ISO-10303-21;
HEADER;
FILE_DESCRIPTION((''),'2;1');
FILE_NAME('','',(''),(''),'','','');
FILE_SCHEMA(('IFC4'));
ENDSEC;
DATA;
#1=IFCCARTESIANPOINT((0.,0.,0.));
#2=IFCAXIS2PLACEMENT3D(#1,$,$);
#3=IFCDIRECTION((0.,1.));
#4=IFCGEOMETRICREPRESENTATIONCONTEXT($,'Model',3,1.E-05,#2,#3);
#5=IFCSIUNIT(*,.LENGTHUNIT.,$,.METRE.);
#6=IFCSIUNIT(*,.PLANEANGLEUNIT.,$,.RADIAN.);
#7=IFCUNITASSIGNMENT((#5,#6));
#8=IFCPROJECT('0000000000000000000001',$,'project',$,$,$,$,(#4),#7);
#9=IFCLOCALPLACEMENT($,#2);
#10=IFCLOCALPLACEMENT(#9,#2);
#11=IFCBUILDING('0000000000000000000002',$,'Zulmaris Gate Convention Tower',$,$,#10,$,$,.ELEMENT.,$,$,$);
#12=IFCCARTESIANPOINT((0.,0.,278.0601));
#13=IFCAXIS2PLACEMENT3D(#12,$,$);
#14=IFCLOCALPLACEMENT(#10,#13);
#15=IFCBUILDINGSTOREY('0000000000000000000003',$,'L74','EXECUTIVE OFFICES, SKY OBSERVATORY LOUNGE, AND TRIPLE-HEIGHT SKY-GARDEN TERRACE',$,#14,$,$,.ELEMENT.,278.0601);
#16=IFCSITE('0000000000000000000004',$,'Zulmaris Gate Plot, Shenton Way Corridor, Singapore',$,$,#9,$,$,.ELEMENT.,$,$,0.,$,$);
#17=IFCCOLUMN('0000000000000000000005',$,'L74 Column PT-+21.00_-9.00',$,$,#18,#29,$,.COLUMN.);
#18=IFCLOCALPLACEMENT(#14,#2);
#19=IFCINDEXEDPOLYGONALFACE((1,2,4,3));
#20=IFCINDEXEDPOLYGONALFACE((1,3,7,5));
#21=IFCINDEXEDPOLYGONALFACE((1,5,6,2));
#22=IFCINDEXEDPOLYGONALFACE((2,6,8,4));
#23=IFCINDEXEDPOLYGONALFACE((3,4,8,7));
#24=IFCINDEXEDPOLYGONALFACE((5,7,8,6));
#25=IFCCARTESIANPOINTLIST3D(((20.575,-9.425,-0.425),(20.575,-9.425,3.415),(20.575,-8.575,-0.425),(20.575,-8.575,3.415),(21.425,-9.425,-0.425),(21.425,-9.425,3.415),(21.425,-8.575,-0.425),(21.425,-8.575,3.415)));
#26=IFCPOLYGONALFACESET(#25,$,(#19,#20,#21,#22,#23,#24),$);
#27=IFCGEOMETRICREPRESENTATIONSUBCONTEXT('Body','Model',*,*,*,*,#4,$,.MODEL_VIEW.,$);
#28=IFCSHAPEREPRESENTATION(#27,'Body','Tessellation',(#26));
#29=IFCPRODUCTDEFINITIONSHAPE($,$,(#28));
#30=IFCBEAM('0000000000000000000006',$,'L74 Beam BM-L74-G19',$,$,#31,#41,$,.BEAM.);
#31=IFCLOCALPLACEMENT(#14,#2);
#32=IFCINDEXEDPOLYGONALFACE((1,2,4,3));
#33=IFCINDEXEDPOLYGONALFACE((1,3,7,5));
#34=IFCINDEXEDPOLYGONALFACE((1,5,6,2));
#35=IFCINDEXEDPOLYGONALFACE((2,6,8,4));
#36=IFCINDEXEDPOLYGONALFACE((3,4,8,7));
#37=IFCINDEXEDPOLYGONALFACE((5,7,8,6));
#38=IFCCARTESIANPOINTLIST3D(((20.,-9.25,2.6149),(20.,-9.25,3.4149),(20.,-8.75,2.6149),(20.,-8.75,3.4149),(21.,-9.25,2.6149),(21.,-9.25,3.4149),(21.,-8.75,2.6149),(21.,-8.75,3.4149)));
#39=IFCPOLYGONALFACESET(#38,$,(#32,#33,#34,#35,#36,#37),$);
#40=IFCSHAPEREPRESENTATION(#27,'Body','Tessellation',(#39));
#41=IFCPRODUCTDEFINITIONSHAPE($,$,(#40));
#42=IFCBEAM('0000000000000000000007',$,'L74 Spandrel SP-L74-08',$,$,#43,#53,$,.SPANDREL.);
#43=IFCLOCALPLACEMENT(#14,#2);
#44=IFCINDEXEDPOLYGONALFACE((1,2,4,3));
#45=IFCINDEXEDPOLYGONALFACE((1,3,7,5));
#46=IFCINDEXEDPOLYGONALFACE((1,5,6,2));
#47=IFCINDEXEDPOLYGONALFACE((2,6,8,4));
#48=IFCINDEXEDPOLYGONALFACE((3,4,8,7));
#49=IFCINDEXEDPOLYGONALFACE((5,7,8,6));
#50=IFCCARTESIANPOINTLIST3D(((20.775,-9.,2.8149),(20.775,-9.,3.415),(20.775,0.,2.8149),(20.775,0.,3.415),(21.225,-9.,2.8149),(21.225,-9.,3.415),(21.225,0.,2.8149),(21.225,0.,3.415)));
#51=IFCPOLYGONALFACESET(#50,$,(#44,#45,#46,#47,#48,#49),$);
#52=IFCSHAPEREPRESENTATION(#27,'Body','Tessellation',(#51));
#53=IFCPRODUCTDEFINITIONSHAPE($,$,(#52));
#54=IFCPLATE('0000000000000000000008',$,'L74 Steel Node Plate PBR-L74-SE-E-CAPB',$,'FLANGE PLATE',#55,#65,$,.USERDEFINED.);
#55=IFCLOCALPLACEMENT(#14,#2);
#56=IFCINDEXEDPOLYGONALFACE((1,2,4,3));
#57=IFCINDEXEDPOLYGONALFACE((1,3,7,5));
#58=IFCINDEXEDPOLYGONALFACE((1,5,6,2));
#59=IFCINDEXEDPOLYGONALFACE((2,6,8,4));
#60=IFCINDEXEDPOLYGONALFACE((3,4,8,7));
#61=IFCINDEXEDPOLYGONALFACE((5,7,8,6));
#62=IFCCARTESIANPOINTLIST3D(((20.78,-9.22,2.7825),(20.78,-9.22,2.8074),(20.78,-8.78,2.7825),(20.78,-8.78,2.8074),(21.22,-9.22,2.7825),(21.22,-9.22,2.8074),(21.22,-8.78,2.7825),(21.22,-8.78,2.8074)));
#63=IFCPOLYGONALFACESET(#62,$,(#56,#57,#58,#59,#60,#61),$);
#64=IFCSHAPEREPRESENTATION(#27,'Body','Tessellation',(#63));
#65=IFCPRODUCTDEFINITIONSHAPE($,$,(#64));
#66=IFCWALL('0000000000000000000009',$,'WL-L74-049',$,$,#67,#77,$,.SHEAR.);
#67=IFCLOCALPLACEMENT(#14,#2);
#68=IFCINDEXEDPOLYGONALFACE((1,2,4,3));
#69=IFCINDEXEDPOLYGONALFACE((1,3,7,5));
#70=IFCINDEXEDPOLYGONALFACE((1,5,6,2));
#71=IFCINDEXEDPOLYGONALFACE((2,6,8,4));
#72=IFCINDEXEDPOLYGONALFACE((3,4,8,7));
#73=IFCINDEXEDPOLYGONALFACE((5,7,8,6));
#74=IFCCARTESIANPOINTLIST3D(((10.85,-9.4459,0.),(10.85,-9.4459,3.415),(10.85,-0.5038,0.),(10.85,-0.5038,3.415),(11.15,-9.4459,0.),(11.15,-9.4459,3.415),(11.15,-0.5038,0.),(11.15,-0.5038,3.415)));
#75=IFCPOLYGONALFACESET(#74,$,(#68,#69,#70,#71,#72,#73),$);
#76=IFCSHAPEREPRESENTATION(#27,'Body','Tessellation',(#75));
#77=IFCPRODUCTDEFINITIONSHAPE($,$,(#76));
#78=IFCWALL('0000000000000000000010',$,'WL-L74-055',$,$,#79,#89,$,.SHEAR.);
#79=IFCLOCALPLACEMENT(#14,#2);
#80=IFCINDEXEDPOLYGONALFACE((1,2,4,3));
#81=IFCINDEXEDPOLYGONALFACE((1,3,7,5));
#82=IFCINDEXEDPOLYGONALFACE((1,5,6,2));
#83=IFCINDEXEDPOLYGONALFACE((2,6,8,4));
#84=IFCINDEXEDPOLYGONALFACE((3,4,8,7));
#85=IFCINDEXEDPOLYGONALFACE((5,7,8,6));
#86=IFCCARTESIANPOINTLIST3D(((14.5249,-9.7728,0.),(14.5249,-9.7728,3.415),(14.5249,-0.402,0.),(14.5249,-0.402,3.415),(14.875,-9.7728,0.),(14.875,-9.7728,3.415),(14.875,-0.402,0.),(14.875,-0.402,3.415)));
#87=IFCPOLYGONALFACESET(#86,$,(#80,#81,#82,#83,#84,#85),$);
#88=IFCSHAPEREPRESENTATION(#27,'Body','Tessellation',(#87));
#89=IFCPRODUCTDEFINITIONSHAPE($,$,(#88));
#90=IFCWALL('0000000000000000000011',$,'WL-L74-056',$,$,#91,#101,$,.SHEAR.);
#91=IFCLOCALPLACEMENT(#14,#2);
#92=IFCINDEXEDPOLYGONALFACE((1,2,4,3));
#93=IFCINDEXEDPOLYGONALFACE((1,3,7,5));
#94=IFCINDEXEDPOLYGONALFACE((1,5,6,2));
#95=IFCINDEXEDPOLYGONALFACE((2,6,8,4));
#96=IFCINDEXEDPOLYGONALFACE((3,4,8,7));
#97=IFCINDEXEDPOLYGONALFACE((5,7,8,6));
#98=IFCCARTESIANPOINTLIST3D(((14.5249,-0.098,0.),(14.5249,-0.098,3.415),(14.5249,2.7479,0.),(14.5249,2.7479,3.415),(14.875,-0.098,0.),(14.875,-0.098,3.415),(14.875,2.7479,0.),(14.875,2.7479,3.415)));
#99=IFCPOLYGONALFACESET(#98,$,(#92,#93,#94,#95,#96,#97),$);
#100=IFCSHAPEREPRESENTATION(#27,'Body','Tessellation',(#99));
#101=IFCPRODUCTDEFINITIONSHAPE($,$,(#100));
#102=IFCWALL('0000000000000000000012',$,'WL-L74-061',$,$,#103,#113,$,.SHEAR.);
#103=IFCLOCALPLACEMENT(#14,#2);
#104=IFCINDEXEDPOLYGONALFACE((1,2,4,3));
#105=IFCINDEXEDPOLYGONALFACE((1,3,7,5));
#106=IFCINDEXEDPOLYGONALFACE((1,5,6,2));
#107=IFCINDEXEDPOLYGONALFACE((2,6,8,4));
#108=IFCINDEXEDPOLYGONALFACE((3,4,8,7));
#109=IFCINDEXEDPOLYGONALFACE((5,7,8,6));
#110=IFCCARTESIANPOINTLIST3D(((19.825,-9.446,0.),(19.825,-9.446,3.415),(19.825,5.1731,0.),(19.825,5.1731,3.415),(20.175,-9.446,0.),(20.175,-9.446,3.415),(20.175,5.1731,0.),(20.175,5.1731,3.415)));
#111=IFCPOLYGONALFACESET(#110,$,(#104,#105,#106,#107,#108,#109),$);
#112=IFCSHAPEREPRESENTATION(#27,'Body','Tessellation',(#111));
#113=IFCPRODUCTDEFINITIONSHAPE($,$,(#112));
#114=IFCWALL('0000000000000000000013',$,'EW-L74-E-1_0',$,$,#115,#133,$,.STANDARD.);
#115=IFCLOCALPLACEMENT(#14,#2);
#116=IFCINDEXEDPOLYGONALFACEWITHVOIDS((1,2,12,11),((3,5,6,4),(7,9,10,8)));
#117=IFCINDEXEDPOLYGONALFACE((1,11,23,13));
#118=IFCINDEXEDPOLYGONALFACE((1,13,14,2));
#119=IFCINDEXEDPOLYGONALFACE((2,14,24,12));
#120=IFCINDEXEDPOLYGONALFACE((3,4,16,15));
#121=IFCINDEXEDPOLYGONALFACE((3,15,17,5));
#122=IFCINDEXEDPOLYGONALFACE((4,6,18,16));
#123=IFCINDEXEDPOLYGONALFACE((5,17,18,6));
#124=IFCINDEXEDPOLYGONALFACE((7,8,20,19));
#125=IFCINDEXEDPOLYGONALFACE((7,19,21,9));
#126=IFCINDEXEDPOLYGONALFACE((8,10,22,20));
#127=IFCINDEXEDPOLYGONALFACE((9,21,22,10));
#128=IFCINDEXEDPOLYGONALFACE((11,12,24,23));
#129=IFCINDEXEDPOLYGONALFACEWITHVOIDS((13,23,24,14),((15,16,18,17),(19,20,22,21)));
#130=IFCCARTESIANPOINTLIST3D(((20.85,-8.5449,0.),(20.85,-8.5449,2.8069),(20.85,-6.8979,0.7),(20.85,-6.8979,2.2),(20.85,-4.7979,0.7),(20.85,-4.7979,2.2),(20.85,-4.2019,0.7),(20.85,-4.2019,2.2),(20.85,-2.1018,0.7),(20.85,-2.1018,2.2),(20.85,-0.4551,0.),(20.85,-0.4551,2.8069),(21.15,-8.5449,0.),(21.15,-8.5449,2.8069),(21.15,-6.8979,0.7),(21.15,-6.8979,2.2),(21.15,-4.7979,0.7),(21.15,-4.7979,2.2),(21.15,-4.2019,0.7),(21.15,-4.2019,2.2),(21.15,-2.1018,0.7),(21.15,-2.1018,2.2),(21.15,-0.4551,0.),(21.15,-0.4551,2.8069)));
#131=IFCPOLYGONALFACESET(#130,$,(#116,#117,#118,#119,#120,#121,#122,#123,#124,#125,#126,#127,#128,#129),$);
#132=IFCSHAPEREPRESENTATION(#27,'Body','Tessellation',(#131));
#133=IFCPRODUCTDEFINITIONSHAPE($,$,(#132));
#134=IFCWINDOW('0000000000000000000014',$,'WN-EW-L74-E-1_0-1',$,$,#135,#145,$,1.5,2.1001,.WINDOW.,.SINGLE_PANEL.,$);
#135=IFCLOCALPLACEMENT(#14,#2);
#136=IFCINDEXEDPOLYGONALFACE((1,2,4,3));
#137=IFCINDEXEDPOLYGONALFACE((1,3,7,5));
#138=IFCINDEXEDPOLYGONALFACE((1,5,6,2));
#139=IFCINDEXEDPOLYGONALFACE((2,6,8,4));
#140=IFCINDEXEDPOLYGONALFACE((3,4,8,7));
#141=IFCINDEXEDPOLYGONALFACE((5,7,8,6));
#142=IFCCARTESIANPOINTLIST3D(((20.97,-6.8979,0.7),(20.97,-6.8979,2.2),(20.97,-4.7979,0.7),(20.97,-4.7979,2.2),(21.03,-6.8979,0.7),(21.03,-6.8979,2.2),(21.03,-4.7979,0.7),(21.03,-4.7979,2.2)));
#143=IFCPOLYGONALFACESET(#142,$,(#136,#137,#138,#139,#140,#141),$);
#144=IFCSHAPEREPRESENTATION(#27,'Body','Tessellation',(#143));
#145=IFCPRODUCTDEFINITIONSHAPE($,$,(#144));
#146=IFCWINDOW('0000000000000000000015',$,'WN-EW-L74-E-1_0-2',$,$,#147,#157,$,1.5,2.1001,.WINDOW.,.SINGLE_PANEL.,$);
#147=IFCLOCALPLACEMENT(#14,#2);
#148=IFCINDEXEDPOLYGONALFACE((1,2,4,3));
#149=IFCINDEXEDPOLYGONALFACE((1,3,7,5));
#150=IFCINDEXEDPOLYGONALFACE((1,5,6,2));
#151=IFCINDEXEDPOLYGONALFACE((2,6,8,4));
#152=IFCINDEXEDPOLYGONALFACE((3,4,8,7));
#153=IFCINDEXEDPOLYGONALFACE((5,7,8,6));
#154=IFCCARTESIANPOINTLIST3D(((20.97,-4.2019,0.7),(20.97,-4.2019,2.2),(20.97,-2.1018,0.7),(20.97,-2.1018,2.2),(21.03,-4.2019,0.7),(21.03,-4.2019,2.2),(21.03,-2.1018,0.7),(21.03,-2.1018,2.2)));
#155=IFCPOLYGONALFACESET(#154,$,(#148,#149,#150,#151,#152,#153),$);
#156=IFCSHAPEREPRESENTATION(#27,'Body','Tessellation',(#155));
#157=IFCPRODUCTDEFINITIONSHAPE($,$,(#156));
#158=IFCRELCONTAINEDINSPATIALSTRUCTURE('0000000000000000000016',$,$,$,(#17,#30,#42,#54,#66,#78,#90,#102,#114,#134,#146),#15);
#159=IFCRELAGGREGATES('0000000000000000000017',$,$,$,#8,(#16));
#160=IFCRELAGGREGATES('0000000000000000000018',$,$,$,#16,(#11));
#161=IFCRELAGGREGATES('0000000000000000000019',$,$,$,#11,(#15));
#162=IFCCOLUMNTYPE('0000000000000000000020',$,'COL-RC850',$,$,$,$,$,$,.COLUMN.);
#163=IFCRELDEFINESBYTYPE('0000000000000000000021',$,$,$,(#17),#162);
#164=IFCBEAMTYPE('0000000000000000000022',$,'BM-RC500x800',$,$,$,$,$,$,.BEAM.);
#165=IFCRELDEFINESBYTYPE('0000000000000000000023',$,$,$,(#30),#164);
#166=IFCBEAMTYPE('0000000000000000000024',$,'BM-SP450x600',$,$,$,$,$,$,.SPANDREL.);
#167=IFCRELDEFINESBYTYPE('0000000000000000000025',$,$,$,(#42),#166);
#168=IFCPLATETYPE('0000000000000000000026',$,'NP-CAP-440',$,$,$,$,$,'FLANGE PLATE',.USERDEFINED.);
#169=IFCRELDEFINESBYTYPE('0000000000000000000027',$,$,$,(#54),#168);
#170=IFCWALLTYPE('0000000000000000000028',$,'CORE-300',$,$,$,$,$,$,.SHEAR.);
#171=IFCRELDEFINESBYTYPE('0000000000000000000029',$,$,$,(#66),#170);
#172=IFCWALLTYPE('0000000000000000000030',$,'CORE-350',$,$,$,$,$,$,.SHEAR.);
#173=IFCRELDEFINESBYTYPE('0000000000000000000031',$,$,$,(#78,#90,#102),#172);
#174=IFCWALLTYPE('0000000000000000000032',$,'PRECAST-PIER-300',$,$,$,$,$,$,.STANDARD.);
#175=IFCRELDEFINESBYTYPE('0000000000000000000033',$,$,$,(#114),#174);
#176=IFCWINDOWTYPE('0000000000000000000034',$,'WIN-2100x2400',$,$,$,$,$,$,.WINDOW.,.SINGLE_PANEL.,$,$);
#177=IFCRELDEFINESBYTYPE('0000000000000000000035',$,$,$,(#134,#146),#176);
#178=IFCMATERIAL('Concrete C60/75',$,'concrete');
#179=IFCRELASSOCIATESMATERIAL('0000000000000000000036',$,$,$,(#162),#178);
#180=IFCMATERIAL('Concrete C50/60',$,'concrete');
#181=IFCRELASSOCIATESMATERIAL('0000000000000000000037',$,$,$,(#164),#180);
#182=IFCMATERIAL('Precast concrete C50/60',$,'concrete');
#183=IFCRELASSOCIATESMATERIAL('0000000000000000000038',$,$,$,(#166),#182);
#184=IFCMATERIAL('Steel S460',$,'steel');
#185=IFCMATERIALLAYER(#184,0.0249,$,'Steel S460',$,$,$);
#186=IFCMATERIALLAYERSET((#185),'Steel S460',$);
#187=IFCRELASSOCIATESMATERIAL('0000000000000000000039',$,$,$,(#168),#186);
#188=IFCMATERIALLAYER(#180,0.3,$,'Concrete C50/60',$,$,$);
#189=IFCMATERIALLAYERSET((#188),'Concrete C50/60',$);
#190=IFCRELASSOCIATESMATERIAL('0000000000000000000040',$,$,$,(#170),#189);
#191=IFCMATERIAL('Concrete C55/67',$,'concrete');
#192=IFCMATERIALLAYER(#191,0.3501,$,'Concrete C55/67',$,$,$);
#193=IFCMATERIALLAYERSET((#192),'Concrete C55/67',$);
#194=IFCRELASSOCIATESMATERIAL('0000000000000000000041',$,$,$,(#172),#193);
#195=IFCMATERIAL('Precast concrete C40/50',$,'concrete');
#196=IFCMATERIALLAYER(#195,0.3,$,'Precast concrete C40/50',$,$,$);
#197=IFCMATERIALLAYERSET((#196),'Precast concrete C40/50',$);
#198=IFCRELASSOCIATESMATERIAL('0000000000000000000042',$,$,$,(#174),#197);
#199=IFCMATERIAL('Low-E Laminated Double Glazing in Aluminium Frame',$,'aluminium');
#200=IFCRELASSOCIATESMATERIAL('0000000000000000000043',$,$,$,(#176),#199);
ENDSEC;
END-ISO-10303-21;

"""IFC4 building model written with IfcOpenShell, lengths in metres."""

from ifc_helpers import new_model, si_unit, direction, frame, frame_2d, origin, origin_2d, place, context, subcontext, project, spatial, rectangle, extrude, material, layer, layer_set, material_profile, profile_set, type_object, element, fill, save


model = new_model("IFC4")

# Units and contexts
model_context = context("Model", 3, precision=1e-05, world=origin(), true_north=direction((0.0, 1.0)))
body_context = subcontext(model_context, "Body", "Model", "MODEL_VIEW")
ifc_project = project(units=[si_unit("LENGTHUNIT", "METRE"), si_unit("PLANEANGLEUNIT", "RADIAN")], contexts=[model_context])

# Site, building, storey
site_placement = place(None, origin())
site = spatial("IfcSite", under=ifc_project, at=site_placement, Name="Zulmaris Gate Plot, Shenton Way Corridor, Singapore", CompositionType="ELEMENT", RefElevation=0.0)
building_placement = place(site_placement, origin())
building = spatial("IfcBuilding", under=site, at=building_placement, Name="Zulmaris Gate Convention Tower", CompositionType="ELEMENT")
storey_placement = place(building_placement, frame((0.0, 0.0, 278.0601)))
storey = spatial("IfcBuildingStorey", under=building, at=storey_placement, Name="L74", Description="EXECUTIVE OFFICES, SKY OBSERVATORY LOUNGE, AND TRIPLE-HEIGHT SKY-GARDEN TERRACE", CompositionType="ELEMENT", Elevation=278.0601)

# Column
ifc_material_1 = material(Name="Concrete C60/75", Category="concrete")
ifc_material_profile_1 = material_profile(ifc_material_1, rectangle(XDim=0.8501, YDim=0.8501, at=origin_2d()), Name="RC COL 850x850")
ifc_profile_set_1 = profile_set([ifc_material_profile_1], Name="Concrete C60/75")
column_type = type_object("IfcColumnType", Name="COL-RC850", PredefinedType="COLUMN", material=ifc_profile_set_1)
column_placement = place(storey_placement, frame((21.0, -9.0, -0.425), z_axis=(0.0, 0.0, 1.0), x_axis=(1.0, 0.0, 0.0)))
element("IfcColumn", 1, at=column_placement, inside=storey, type_object=column_type, Name="L74 Column PT-+21.00_-9.00", PredefinedType="COLUMN", context=body_context, shape_type="SweptSolid", body=[
    extrude(rectangle(XDim=0.8501, YDim=0.8501, at=origin_2d()), origin(), (0.0, 0.0, 1.0), 3.8401),
])

# Beams
ifc_material_2 = material(Name="Concrete C50/60", Category="concrete")
ifc_material_profile_2 = material_profile(ifc_material_2, rectangle(XDim=0.5, YDim=0.8, at=origin_2d()), Name="RC BEAM 500x800")
ifc_profile_set_2 = profile_set([ifc_material_profile_2], Name="Concrete C50/60")
beam_type_1 = type_object("IfcBeamType", Name="BM-RC500x800", PredefinedType="BEAM", material=ifc_profile_set_2)
beam_1_placement = place(storey_placement, frame((20.0, -9.0, 3.0149), z_axis=(1.0, 0.0, 0.0), x_axis=(0.0, 1.0, 0.0)))
element("IfcBeam", 2, at=beam_1_placement, inside=storey, type_object=beam_type_1, Name="L74 Beam BM-L74-G19", PredefinedType="BEAM", context=body_context, shape_type="SweptSolid", body=[
    extrude(rectangle(XDim=0.5, YDim=0.8, at=origin_2d()), origin(), (0.0, 0.0, 1.0), 1.0),
])
ifc_material_3 = material(Name="Precast concrete C50/60", Category="concrete")
ifc_material_profile_3 = material_profile(ifc_material_3, rectangle(XDim=0.45, YDim=0.6001, at=origin_2d()), Name="RC SPANDREL 450x600")
ifc_profile_set_3 = profile_set([ifc_material_profile_3], Name="Precast concrete C50/60")
beam_type_2 = type_object("IfcBeamType", Name="BM-SP450x600", PredefinedType="SPANDREL", material=ifc_profile_set_3)
beam_2_placement = place(storey_placement, frame((21.0, -9.0, 3.115), z_axis=(0.0, 1.0, 0.0), x_axis=(-1.0, 0.0, 0.0)))
element("IfcBeam", 3, at=beam_2_placement, inside=storey, type_object=beam_type_2, Name="L74 Spandrel SP-L74-08", PredefinedType="SPANDREL", context=body_context, shape_type="SweptSolid", body=[
    extrude(rectangle(XDim=0.45, YDim=0.6001, at=origin_2d()), origin(), (0.0, 0.0, 1.0), 9.0),
])

# Plate
ifc_material_4 = material(Name="Steel S460", Category="steel")
ifc_layer_1 = layer(ifc_material_4, 0.0249, Name="Steel S460")
ifc_layer_set_1 = layer_set([ifc_layer_1], Name="Steel S460")
plate_type = type_object("IfcPlateType", Name="NP-CAP-440", ElementType="FLANGE PLATE", PredefinedType="USERDEFINED", material=ifc_layer_set_1)
plate_placement = place(storey_placement, frame((21.0, -9.0, 2.7825), z_axis=(0.0, 0.0, 1.0), x_axis=(1.0, 0.0, 0.0)))
element("IfcPlate", 4, at=plate_placement, inside=storey, type_object=plate_type, Name="L74 Steel Node Plate PBR-L74-SE-E-CAPB", ObjectType="FLANGE PLATE", PredefinedType="USERDEFINED", context=body_context, shape_type="SweptSolid", body=[
    extrude(rectangle(XDim=0.4399, YDim=0.4399, at=origin_2d()), origin(), (0.0, 0.0, 1.0), 0.0249),
])

# Shared definitions
ifc_layer_2 = layer(ifc_material_2, 0.3, Name="Concrete C50/60")
ifc_layer_set_2 = layer_set([ifc_layer_2], Name="Concrete C50/60")
wall_type_1 = type_object("IfcWallType", Name="CORE-300", PredefinedType="SHEAR", material=ifc_layer_set_2)

# Walls
wall_1_placement = place(storey_placement, frame((11.0, -9.446, 0.0), z_axis=(0.0, 0.0, 1.0), x_axis=(0.0, 1.0, 0.0)))
element("IfcWall", 5, at=wall_1_placement, inside=storey, type_object=wall_type_1, Name="WL-L74-049", PredefinedType="SHEAR", context=body_context, shape_type="SweptSolid", body=[
    extrude(rectangle(XDim=8.9421, YDim=0.3, at=frame_2d((4.4712, 0.0))), origin(), (0.0, 0.0, 1.0), 3.415),
])
ifc_material_5 = material(Name="Concrete C55/67", Category="concrete")
ifc_layer_3 = layer(ifc_material_5, 0.3501, Name="Concrete C55/67")
ifc_layer_set_3 = layer_set([ifc_layer_3], Name="Concrete C55/67")
wall_type_2 = type_object("IfcWallType", Name="CORE-350", PredefinedType="SHEAR", material=ifc_layer_set_3)
wall_2_placement = place(storey_placement, frame((14.7, -9.7729, 0.0), z_axis=(0.0, 0.0, 1.0), x_axis=(0.0, 1.0, 0.0)))
element("IfcWall", 6, at=wall_2_placement, inside=storey, type_object=wall_type_2, Name="WL-L74-055", PredefinedType="SHEAR", context=body_context, shape_type="SweptSolid", body=[
    extrude(rectangle(XDim=9.3708, YDim=0.3501, at=frame_2d((4.6855, 0.0))), origin(), (0.0, 0.0, 1.0), 3.415),
])
wall_3_placement = place(storey_placement, frame((14.7, -0.0979, 0.0), z_axis=(0.0, 0.0, 1.0), x_axis=(0.0, 1.0, 0.0)))
element("IfcWall", 7, at=wall_3_placement, inside=storey, type_object=wall_type_2, Name="WL-L74-056", PredefinedType="SHEAR", context=body_context, shape_type="SweptSolid", body=[
    extrude(rectangle(XDim=2.8459, YDim=0.3501, at=frame_2d((1.4229, 0.0))), origin(), (0.0, 0.0, 1.0), 3.415),
])
wall_4_placement = place(storey_placement, frame((20.0, -9.446, 0.0), z_axis=(0.0, 0.0, 1.0), x_axis=(0.0, 1.0, 0.0)))
element("IfcWall", 8, at=wall_4_placement, inside=storey, type_object=wall_type_2, Name="WL-L74-061", PredefinedType="SHEAR", context=body_context, shape_type="SweptSolid", body=[
    extrude(rectangle(XDim=14.6191, YDim=0.3501, at=frame_2d((7.3096, 0.0))), origin(), (0.0, 0.0, 1.0), 3.415),
])

# Wall, openings, windows
ifc_material_6 = material(Name="Precast concrete C40/50", Category="concrete")
ifc_layer_4 = layer(ifc_material_6, 0.3, Name="Precast concrete C40/50")
ifc_layer_set_4 = layer_set([ifc_layer_4], Name="Precast concrete C40/50")
wall_type_3 = type_object("IfcWallType", Name="PRECAST-PIER-300", PredefinedType="STANDARD", material=ifc_layer_set_4)
wall_5_placement = place(storey_placement, frame((21.0, -8.5449, 0.0), z_axis=(0.0, 0.0, 1.0), x_axis=(0.0, 1.0, 0.0)))
wall_5 = element("IfcWall", 9, at=wall_5_placement, inside=storey, type_object=wall_type_3, Name="EW-L74-E-1_0", PredefinedType="STANDARD", context=body_context, shape_type="SweptSolid", body=[
    extrude(rectangle(XDim=8.0898, YDim=0.3, at=frame_2d((4.0449, 0.0))), origin(), (0.0, 0.0, 1.0), 2.8069),
])
opening_1_placement = place(wall_5_placement, frame((1.647, 0.0, 0.7)))
opening_1 = element("IfcOpeningElement", 10, at=opening_1_placement, cuts=wall_5, PredefinedType="OPENING", context=body_context, shape_type="SweptSolid", body=[
    extrude(rectangle(XDim=2.1001, YDim=1.5, at=frame_2d((1.05, 0.75))), frame((0.0, 0.1602, 0.0), z_axis=(0.0, -1.0, 0.0), x_axis=(1.0, 0.0, 0.0)), (0.0, 0.0, 1.0), 0.3201),
])
opening_2_placement = place(wall_5_placement, frame((4.343, 0.0, 0.7)))
opening_2 = element("IfcOpeningElement", 11, at=opening_2_placement, cuts=wall_5, PredefinedType="OPENING", context=body_context, shape_type="SweptSolid", body=[
    extrude(rectangle(XDim=2.1001, YDim=1.5, at=frame_2d((1.05, 0.75))), frame((0.0, 0.1602, 0.0), z_axis=(0.0, -1.0, 0.0), x_axis=(1.0, 0.0, 0.0)), (0.0, 0.0, 1.0), 0.3201),
])
ifc_material_7 = material(Name="Low-E Laminated Double Glazing in Aluminium Frame", Category="aluminium")
window_type = type_object("IfcWindowType", Name="WIN-2100x2400", PartitioningType="SINGLE_PANEL", PredefinedType="WINDOW", material=ifc_material_7)
window_1_placement = place(opening_1_placement, origin())
window_1 = element("IfcWindow", 12, at=window_1_placement, inside=storey, type_object=window_type, Name="WN-EW-L74-E-1_0-1", OverallHeight=1.5, OverallWidth=2.1001, PartitioningType="SINGLE_PANEL", PredefinedType="WINDOW", context=body_context, shape_type="SweptSolid", body=[
    extrude(rectangle(XDim=2.1001, YDim=1.5, at=frame_2d((1.05, 0.75))), frame((0.0, 0.03, 0.0), z_axis=(0.0, -1.0, 0.0), x_axis=(1.0, 0.0, 0.0)), (0.0, 0.0, 1.0), 0.0601),
])
fill(opening_1, window_1)
window_2_placement = place(opening_2_placement, origin())
window_2 = element("IfcWindow", 13, at=window_2_placement, inside=storey, type_object=window_type, Name="WN-EW-L74-E-1_0-2", OverallHeight=1.5, OverallWidth=2.1001, PartitioningType="SINGLE_PANEL", PredefinedType="WINDOW", context=body_context, shape_type="SweptSolid", body=[
    extrude(rectangle(XDim=2.1001, YDim=1.5, at=frame_2d((1.05, 0.75))), frame((0.0, 0.03, 0.0), z_axis=(0.0, -1.0, 0.0), x_axis=(1.0, 0.0, 0.0)), (0.0, 0.0, 1.0), 0.0601),
])
fill(opening_2, window_2)

save(model, "model.ifc")
